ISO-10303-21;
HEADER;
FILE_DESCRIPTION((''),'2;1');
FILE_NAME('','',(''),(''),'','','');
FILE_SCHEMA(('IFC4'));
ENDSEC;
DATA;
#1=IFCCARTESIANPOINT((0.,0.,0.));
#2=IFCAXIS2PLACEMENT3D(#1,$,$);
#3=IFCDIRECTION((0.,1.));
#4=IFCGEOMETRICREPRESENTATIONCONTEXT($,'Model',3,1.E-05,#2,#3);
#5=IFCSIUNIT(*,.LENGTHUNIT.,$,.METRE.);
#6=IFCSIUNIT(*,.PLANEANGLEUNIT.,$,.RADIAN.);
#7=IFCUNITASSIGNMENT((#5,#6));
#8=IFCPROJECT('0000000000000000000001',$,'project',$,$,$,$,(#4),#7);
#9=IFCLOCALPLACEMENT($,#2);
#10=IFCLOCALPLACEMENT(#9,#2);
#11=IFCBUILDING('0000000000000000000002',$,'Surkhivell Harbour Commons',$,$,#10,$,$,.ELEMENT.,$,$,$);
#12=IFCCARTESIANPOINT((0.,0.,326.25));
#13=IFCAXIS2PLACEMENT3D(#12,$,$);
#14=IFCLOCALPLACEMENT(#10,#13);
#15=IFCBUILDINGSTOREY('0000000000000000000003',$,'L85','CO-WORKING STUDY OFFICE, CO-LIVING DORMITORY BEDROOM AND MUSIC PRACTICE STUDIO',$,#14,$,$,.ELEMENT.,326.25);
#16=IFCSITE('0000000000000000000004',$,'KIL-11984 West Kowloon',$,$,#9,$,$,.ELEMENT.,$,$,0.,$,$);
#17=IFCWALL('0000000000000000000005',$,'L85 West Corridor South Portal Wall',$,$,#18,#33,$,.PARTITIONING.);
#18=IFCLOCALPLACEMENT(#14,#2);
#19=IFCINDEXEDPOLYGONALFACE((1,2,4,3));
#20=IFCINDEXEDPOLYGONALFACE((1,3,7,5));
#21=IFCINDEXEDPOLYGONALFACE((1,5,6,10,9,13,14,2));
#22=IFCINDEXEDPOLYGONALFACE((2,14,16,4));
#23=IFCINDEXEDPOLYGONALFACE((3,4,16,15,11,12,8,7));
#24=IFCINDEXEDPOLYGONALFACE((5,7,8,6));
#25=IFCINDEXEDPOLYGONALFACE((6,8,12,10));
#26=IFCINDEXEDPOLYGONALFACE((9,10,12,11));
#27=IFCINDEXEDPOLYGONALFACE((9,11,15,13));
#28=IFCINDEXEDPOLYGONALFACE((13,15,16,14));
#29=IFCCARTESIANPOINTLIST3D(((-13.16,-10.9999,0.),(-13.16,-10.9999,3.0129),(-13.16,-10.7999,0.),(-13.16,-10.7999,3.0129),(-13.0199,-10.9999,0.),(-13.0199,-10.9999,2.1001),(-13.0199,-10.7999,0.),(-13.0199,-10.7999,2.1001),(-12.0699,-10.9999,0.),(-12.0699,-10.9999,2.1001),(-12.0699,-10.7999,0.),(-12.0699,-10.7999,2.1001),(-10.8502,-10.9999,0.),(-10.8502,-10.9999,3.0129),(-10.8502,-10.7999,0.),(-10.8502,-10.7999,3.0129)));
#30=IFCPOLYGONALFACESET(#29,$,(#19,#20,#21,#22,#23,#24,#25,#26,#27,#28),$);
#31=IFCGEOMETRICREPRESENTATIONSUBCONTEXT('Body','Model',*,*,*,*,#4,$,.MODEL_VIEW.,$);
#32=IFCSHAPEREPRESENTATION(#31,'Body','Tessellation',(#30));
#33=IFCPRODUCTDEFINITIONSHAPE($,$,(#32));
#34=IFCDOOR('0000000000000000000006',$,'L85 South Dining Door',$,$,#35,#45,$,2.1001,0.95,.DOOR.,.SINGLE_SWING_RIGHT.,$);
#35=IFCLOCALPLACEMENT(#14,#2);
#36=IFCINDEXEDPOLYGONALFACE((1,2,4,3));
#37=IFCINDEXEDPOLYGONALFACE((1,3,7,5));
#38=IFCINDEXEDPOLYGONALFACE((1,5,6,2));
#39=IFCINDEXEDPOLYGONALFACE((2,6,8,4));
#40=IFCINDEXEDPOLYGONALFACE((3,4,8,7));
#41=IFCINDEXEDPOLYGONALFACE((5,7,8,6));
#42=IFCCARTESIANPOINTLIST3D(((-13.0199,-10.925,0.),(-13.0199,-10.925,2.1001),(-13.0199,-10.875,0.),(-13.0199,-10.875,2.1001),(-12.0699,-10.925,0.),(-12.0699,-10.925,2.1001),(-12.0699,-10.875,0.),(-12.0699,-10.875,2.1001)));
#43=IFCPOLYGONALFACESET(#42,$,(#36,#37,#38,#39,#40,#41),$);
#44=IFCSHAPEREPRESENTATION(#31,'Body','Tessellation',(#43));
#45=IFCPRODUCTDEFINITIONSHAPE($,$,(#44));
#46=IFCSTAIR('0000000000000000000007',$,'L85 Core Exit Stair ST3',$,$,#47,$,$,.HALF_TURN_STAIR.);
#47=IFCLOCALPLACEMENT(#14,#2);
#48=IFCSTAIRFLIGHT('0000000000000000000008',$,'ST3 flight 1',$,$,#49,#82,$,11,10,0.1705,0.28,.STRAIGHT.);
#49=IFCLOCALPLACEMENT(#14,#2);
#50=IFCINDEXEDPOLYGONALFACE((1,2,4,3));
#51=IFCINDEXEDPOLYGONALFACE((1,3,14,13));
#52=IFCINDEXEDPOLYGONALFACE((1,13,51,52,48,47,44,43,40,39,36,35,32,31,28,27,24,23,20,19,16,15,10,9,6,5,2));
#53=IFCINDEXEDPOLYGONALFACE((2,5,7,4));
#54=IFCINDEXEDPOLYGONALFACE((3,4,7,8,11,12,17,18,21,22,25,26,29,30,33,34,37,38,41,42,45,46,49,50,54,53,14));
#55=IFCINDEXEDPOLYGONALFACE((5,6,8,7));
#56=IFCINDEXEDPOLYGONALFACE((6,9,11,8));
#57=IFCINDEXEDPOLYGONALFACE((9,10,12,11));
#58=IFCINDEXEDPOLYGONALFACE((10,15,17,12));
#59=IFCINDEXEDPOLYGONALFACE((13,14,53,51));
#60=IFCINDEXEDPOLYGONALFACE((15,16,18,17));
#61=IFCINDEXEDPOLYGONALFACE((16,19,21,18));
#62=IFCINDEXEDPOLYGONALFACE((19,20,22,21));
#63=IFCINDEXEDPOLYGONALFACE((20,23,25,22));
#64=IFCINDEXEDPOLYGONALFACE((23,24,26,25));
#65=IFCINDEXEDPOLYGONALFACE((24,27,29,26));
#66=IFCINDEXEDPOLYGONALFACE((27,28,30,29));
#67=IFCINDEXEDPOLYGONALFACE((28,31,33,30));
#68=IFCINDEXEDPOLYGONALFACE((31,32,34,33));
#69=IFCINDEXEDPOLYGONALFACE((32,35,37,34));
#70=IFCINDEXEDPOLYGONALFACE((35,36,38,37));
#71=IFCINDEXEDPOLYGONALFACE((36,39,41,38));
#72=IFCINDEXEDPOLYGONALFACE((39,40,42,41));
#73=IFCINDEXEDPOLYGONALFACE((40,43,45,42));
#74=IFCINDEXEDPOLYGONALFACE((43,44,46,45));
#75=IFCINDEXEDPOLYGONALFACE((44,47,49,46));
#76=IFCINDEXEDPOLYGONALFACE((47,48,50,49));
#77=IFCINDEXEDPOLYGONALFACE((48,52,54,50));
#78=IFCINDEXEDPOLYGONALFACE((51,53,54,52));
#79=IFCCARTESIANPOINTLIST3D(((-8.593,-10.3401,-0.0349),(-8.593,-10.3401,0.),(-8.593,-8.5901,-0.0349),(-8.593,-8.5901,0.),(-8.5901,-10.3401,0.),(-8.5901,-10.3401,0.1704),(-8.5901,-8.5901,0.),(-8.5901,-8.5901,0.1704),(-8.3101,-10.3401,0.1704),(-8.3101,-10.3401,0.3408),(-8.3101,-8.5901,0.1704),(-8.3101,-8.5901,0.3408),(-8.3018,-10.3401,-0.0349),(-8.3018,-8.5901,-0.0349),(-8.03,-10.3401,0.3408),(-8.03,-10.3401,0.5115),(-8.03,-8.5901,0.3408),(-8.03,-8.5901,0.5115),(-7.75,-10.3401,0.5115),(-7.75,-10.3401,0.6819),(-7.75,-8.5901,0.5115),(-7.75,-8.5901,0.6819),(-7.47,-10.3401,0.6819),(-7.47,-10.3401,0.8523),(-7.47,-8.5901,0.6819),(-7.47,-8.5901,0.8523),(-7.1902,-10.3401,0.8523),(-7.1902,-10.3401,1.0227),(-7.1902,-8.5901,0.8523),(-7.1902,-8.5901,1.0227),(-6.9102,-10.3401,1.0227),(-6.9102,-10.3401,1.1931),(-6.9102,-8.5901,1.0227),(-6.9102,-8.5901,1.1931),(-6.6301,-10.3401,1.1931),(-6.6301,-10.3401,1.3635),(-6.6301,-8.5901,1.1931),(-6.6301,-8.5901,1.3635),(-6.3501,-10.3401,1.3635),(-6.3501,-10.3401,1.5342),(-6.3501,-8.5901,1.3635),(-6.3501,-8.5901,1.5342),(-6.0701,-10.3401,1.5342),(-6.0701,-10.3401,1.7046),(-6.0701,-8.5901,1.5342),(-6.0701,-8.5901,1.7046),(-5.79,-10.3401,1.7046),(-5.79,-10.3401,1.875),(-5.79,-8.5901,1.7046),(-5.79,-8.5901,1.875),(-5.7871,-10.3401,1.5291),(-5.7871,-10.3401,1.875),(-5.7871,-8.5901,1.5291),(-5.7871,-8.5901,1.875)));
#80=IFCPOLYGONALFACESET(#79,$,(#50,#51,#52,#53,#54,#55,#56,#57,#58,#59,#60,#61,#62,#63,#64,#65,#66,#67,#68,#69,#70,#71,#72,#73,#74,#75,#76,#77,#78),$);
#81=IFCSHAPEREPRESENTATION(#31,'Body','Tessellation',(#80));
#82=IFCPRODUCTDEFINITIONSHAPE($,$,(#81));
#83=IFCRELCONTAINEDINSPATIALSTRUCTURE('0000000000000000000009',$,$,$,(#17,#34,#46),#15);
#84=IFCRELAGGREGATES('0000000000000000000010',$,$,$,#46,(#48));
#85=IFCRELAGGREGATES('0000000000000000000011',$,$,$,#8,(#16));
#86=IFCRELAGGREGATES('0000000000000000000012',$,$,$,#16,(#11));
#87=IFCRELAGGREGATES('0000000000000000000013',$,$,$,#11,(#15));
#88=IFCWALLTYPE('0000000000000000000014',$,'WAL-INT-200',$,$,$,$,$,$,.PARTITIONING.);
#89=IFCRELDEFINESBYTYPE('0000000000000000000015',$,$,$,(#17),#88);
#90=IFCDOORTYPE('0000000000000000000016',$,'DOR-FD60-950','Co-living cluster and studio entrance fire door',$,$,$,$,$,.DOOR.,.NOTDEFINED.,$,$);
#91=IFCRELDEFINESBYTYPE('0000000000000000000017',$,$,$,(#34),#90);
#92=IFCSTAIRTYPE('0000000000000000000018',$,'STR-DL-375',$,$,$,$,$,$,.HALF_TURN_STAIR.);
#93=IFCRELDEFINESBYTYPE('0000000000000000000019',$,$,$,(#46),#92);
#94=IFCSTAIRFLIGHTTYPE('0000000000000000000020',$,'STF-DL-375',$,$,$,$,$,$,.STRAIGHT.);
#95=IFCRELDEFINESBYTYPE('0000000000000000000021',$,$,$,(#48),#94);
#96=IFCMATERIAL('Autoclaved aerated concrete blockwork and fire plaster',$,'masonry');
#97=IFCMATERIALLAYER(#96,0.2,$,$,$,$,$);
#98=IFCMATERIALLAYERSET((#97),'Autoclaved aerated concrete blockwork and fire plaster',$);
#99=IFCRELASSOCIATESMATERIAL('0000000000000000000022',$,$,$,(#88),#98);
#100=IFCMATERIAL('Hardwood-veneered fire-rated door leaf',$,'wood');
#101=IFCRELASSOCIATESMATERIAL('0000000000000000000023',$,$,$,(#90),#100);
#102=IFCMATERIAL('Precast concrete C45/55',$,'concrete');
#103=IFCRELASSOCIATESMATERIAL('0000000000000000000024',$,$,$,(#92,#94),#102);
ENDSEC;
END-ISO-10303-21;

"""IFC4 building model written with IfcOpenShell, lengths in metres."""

from ifc_helpers import new_model, si_unit, direction, frame, frame_2d, origin, place, context, subcontext, project, spatial, polyline, rectangle, outline, extrude, material, layer, layer_set, type_object, element, fill, aggregate, save


model = new_model("IFC4")

# Units and contexts
model_context = context("Model", 3, precision=1e-05, world=origin(), true_north=direction((0.0, 1.0)))
body_context = subcontext(model_context, "Body", "Model", "MODEL_VIEW")
ifc_project = project(units=[si_unit("LENGTHUNIT", "METRE"), si_unit("PLANEANGLEUNIT", "RADIAN")], contexts=[model_context])

# Site, building, storey
site_placement = place(None, origin())
site = spatial("IfcSite", under=ifc_project, at=site_placement, Name="KIL-11984 West Kowloon", CompositionType="ELEMENT", RefElevation=0.0)
building_placement = place(site_placement, origin())
building = spatial("IfcBuilding", under=site, at=building_placement, Name="Surkhivell Harbour Commons", CompositionType="ELEMENT")
storey_placement = place(building_placement, frame((0.0, 0.0, 326.25)))
storey = spatial("IfcBuildingStorey", under=building, at=storey_placement, Name="L85", Description="CO-WORKING STUDY OFFICE, CO-LIVING DORMITORY BEDROOM AND MUSIC PRACTICE STUDIO", CompositionType="ELEMENT", Elevation=326.25)

# Shared definitions
ifc_material_1 = material(Name="Autoclaved aerated concrete blockwork and fire plaster", Category="masonry")
ifc_layer_1 = layer(ifc_material_1, 0.2)
ifc_layer_set_1 = layer_set([ifc_layer_1], Name="Autoclaved aerated concrete blockwork and fire plaster")
wall_type_1 = type_object("IfcWallType", Name="WAL-INT-200", PredefinedType="PARTITIONING", material=ifc_layer_set_1)
ifc_material_2 = material(Name="Hardwood-veneered fire-rated door leaf", Category="wood")
door_type_1 = type_object("IfcDoorType", Name="DOR-FD60-950", Description="Co-living cluster and studio entrance fire door", OperationType="NOTDEFINED", PredefinedType="DOOR", material=ifc_material_2)

# Wall, opening, door
wall_1_placement = place(storey_placement, frame((-13.1599, -10.8999, 0.0), z_axis=(0.0, 0.0, 1.0), x_axis=(1.0, 0.0, 0.0)))
wall_1 = element("IfcWall", 1, at=wall_1_placement, inside=storey, type_object=wall_type_1, Name="L85 West Corridor South Portal Wall", PredefinedType="PARTITIONING", context=body_context, shape_type="SweptSolid", body=[
    extrude(rectangle(XDim=2.3098, YDim=0.2, at=frame_2d((1.1548, 0.0))), origin(), (0.0, 0.0, 1.0), 3.0129),
])
opening_1_placement = place(wall_1_placement, frame((0.1399, 0.0, 0.0)))
opening_1 = element("IfcOpeningElement", 2, at=opening_1_placement, cuts=wall_1, PredefinedType="OPENING", context=body_context, shape_type="SweptSolid", body=[
    extrude(rectangle(XDim=0.95, YDim=2.1001, at=frame_2d((0.4751, 1.05))), frame((0.0, 0.1099, 0.0), z_axis=(0.0, -1.0, 0.0), x_axis=(1.0, 0.0, 0.0)), (0.0, 0.0, 1.0), 0.22),
])
door_1_placement = place(opening_1_placement, origin())
door_1 = element("IfcDoor", 3, at=door_1_placement, inside=storey, type_object=door_type_1, Name="L85 South Dining Door", OperationType="SINGLE_SWING_RIGHT", OverallHeight=2.1001, OverallWidth=0.95, PredefinedType="DOOR", context=body_context, shape_type="SweptSolid", body=[
    extrude(rectangle(XDim=0.95, YDim=2.1001, at=frame_2d((0.4751, 1.05))), frame((0.0, 0.0249, 0.0), z_axis=(0.0, -1.0, 0.0), x_axis=(1.0, 0.0, 0.0)), (0.0, 0.0, 1.0), 0.05),
])
fill(opening_1, door_1)

# Stair, stair flight
ifc_material_3 = material(Name="Precast concrete C45/55", Category="concrete")
stair_type = type_object("IfcStairType", Name="STR-DL-375", PredefinedType="HALF_TURN_STAIR", material=ifc_material_3)
stair_placement = place(storey_placement, origin())
stair = element("IfcStair", 4, at=stair_placement, inside=storey, type_object=stair_type, Name="L85 Core Exit Stair ST3", PredefinedType="HALF_TURN_STAIR")
stair_flight_type = type_object("IfcStairFlightType", Name="STF-DL-375", PredefinedType="STRAIGHT", material=ifc_material_3)
stair_flight_placement = place(storey_placement, frame((-8.5901, -9.4651, 0.0), z_axis=(0.0, 0.0, 1.0), x_axis=(1.0, 0.0, 0.0)))
stair_flight = element("IfcStairFlight", 5, at=stair_flight_placement, type_object=stair_flight_type, Name="ST3 flight 1", NumberOfRisers=11, NumberOfTreads=10, PredefinedType="STRAIGHT", RiserHeight=0.1705, TreadLength=0.28, context=body_context, shape_type="SweptSolid", body=[
    extrude(outline(polyline([(-0.0029, -0.0349), (-0.0029, 0.0), (0.0, 0.0), (0.0, 0.1704), (0.28, 0.1704), (0.28, 0.3408), (0.5601, 0.3408), (0.5601, 0.5115), (0.8401, 0.5115), (0.8401, 0.6819), (1.1201, 0.6819), (1.1201, 0.8523), (1.3999, 0.8523), (1.3999, 1.0227), (1.6799, 1.0227), (1.6799, 1.1931), (1.96, 1.1931), (1.96, 1.3635), (2.24, 1.3635), (2.24, 1.5342), (2.52, 1.5342), (2.52, 1.7046), (2.8, 1.7046), (2.8, 1.875), (2.803, 1.875), (2.803, 1.5291), (0.2883, -0.0349), (-0.0029, -0.0349)])), frame((0.0, 0.875, 0.0), z_axis=(0.0, -1.0, 0.0), x_axis=(1.0, 0.0, 0.0)), (0.0, 0.0, 1.0), 1.75),
])
aggregate(stair, [stair_flight])

save(model, "model.ifc")
